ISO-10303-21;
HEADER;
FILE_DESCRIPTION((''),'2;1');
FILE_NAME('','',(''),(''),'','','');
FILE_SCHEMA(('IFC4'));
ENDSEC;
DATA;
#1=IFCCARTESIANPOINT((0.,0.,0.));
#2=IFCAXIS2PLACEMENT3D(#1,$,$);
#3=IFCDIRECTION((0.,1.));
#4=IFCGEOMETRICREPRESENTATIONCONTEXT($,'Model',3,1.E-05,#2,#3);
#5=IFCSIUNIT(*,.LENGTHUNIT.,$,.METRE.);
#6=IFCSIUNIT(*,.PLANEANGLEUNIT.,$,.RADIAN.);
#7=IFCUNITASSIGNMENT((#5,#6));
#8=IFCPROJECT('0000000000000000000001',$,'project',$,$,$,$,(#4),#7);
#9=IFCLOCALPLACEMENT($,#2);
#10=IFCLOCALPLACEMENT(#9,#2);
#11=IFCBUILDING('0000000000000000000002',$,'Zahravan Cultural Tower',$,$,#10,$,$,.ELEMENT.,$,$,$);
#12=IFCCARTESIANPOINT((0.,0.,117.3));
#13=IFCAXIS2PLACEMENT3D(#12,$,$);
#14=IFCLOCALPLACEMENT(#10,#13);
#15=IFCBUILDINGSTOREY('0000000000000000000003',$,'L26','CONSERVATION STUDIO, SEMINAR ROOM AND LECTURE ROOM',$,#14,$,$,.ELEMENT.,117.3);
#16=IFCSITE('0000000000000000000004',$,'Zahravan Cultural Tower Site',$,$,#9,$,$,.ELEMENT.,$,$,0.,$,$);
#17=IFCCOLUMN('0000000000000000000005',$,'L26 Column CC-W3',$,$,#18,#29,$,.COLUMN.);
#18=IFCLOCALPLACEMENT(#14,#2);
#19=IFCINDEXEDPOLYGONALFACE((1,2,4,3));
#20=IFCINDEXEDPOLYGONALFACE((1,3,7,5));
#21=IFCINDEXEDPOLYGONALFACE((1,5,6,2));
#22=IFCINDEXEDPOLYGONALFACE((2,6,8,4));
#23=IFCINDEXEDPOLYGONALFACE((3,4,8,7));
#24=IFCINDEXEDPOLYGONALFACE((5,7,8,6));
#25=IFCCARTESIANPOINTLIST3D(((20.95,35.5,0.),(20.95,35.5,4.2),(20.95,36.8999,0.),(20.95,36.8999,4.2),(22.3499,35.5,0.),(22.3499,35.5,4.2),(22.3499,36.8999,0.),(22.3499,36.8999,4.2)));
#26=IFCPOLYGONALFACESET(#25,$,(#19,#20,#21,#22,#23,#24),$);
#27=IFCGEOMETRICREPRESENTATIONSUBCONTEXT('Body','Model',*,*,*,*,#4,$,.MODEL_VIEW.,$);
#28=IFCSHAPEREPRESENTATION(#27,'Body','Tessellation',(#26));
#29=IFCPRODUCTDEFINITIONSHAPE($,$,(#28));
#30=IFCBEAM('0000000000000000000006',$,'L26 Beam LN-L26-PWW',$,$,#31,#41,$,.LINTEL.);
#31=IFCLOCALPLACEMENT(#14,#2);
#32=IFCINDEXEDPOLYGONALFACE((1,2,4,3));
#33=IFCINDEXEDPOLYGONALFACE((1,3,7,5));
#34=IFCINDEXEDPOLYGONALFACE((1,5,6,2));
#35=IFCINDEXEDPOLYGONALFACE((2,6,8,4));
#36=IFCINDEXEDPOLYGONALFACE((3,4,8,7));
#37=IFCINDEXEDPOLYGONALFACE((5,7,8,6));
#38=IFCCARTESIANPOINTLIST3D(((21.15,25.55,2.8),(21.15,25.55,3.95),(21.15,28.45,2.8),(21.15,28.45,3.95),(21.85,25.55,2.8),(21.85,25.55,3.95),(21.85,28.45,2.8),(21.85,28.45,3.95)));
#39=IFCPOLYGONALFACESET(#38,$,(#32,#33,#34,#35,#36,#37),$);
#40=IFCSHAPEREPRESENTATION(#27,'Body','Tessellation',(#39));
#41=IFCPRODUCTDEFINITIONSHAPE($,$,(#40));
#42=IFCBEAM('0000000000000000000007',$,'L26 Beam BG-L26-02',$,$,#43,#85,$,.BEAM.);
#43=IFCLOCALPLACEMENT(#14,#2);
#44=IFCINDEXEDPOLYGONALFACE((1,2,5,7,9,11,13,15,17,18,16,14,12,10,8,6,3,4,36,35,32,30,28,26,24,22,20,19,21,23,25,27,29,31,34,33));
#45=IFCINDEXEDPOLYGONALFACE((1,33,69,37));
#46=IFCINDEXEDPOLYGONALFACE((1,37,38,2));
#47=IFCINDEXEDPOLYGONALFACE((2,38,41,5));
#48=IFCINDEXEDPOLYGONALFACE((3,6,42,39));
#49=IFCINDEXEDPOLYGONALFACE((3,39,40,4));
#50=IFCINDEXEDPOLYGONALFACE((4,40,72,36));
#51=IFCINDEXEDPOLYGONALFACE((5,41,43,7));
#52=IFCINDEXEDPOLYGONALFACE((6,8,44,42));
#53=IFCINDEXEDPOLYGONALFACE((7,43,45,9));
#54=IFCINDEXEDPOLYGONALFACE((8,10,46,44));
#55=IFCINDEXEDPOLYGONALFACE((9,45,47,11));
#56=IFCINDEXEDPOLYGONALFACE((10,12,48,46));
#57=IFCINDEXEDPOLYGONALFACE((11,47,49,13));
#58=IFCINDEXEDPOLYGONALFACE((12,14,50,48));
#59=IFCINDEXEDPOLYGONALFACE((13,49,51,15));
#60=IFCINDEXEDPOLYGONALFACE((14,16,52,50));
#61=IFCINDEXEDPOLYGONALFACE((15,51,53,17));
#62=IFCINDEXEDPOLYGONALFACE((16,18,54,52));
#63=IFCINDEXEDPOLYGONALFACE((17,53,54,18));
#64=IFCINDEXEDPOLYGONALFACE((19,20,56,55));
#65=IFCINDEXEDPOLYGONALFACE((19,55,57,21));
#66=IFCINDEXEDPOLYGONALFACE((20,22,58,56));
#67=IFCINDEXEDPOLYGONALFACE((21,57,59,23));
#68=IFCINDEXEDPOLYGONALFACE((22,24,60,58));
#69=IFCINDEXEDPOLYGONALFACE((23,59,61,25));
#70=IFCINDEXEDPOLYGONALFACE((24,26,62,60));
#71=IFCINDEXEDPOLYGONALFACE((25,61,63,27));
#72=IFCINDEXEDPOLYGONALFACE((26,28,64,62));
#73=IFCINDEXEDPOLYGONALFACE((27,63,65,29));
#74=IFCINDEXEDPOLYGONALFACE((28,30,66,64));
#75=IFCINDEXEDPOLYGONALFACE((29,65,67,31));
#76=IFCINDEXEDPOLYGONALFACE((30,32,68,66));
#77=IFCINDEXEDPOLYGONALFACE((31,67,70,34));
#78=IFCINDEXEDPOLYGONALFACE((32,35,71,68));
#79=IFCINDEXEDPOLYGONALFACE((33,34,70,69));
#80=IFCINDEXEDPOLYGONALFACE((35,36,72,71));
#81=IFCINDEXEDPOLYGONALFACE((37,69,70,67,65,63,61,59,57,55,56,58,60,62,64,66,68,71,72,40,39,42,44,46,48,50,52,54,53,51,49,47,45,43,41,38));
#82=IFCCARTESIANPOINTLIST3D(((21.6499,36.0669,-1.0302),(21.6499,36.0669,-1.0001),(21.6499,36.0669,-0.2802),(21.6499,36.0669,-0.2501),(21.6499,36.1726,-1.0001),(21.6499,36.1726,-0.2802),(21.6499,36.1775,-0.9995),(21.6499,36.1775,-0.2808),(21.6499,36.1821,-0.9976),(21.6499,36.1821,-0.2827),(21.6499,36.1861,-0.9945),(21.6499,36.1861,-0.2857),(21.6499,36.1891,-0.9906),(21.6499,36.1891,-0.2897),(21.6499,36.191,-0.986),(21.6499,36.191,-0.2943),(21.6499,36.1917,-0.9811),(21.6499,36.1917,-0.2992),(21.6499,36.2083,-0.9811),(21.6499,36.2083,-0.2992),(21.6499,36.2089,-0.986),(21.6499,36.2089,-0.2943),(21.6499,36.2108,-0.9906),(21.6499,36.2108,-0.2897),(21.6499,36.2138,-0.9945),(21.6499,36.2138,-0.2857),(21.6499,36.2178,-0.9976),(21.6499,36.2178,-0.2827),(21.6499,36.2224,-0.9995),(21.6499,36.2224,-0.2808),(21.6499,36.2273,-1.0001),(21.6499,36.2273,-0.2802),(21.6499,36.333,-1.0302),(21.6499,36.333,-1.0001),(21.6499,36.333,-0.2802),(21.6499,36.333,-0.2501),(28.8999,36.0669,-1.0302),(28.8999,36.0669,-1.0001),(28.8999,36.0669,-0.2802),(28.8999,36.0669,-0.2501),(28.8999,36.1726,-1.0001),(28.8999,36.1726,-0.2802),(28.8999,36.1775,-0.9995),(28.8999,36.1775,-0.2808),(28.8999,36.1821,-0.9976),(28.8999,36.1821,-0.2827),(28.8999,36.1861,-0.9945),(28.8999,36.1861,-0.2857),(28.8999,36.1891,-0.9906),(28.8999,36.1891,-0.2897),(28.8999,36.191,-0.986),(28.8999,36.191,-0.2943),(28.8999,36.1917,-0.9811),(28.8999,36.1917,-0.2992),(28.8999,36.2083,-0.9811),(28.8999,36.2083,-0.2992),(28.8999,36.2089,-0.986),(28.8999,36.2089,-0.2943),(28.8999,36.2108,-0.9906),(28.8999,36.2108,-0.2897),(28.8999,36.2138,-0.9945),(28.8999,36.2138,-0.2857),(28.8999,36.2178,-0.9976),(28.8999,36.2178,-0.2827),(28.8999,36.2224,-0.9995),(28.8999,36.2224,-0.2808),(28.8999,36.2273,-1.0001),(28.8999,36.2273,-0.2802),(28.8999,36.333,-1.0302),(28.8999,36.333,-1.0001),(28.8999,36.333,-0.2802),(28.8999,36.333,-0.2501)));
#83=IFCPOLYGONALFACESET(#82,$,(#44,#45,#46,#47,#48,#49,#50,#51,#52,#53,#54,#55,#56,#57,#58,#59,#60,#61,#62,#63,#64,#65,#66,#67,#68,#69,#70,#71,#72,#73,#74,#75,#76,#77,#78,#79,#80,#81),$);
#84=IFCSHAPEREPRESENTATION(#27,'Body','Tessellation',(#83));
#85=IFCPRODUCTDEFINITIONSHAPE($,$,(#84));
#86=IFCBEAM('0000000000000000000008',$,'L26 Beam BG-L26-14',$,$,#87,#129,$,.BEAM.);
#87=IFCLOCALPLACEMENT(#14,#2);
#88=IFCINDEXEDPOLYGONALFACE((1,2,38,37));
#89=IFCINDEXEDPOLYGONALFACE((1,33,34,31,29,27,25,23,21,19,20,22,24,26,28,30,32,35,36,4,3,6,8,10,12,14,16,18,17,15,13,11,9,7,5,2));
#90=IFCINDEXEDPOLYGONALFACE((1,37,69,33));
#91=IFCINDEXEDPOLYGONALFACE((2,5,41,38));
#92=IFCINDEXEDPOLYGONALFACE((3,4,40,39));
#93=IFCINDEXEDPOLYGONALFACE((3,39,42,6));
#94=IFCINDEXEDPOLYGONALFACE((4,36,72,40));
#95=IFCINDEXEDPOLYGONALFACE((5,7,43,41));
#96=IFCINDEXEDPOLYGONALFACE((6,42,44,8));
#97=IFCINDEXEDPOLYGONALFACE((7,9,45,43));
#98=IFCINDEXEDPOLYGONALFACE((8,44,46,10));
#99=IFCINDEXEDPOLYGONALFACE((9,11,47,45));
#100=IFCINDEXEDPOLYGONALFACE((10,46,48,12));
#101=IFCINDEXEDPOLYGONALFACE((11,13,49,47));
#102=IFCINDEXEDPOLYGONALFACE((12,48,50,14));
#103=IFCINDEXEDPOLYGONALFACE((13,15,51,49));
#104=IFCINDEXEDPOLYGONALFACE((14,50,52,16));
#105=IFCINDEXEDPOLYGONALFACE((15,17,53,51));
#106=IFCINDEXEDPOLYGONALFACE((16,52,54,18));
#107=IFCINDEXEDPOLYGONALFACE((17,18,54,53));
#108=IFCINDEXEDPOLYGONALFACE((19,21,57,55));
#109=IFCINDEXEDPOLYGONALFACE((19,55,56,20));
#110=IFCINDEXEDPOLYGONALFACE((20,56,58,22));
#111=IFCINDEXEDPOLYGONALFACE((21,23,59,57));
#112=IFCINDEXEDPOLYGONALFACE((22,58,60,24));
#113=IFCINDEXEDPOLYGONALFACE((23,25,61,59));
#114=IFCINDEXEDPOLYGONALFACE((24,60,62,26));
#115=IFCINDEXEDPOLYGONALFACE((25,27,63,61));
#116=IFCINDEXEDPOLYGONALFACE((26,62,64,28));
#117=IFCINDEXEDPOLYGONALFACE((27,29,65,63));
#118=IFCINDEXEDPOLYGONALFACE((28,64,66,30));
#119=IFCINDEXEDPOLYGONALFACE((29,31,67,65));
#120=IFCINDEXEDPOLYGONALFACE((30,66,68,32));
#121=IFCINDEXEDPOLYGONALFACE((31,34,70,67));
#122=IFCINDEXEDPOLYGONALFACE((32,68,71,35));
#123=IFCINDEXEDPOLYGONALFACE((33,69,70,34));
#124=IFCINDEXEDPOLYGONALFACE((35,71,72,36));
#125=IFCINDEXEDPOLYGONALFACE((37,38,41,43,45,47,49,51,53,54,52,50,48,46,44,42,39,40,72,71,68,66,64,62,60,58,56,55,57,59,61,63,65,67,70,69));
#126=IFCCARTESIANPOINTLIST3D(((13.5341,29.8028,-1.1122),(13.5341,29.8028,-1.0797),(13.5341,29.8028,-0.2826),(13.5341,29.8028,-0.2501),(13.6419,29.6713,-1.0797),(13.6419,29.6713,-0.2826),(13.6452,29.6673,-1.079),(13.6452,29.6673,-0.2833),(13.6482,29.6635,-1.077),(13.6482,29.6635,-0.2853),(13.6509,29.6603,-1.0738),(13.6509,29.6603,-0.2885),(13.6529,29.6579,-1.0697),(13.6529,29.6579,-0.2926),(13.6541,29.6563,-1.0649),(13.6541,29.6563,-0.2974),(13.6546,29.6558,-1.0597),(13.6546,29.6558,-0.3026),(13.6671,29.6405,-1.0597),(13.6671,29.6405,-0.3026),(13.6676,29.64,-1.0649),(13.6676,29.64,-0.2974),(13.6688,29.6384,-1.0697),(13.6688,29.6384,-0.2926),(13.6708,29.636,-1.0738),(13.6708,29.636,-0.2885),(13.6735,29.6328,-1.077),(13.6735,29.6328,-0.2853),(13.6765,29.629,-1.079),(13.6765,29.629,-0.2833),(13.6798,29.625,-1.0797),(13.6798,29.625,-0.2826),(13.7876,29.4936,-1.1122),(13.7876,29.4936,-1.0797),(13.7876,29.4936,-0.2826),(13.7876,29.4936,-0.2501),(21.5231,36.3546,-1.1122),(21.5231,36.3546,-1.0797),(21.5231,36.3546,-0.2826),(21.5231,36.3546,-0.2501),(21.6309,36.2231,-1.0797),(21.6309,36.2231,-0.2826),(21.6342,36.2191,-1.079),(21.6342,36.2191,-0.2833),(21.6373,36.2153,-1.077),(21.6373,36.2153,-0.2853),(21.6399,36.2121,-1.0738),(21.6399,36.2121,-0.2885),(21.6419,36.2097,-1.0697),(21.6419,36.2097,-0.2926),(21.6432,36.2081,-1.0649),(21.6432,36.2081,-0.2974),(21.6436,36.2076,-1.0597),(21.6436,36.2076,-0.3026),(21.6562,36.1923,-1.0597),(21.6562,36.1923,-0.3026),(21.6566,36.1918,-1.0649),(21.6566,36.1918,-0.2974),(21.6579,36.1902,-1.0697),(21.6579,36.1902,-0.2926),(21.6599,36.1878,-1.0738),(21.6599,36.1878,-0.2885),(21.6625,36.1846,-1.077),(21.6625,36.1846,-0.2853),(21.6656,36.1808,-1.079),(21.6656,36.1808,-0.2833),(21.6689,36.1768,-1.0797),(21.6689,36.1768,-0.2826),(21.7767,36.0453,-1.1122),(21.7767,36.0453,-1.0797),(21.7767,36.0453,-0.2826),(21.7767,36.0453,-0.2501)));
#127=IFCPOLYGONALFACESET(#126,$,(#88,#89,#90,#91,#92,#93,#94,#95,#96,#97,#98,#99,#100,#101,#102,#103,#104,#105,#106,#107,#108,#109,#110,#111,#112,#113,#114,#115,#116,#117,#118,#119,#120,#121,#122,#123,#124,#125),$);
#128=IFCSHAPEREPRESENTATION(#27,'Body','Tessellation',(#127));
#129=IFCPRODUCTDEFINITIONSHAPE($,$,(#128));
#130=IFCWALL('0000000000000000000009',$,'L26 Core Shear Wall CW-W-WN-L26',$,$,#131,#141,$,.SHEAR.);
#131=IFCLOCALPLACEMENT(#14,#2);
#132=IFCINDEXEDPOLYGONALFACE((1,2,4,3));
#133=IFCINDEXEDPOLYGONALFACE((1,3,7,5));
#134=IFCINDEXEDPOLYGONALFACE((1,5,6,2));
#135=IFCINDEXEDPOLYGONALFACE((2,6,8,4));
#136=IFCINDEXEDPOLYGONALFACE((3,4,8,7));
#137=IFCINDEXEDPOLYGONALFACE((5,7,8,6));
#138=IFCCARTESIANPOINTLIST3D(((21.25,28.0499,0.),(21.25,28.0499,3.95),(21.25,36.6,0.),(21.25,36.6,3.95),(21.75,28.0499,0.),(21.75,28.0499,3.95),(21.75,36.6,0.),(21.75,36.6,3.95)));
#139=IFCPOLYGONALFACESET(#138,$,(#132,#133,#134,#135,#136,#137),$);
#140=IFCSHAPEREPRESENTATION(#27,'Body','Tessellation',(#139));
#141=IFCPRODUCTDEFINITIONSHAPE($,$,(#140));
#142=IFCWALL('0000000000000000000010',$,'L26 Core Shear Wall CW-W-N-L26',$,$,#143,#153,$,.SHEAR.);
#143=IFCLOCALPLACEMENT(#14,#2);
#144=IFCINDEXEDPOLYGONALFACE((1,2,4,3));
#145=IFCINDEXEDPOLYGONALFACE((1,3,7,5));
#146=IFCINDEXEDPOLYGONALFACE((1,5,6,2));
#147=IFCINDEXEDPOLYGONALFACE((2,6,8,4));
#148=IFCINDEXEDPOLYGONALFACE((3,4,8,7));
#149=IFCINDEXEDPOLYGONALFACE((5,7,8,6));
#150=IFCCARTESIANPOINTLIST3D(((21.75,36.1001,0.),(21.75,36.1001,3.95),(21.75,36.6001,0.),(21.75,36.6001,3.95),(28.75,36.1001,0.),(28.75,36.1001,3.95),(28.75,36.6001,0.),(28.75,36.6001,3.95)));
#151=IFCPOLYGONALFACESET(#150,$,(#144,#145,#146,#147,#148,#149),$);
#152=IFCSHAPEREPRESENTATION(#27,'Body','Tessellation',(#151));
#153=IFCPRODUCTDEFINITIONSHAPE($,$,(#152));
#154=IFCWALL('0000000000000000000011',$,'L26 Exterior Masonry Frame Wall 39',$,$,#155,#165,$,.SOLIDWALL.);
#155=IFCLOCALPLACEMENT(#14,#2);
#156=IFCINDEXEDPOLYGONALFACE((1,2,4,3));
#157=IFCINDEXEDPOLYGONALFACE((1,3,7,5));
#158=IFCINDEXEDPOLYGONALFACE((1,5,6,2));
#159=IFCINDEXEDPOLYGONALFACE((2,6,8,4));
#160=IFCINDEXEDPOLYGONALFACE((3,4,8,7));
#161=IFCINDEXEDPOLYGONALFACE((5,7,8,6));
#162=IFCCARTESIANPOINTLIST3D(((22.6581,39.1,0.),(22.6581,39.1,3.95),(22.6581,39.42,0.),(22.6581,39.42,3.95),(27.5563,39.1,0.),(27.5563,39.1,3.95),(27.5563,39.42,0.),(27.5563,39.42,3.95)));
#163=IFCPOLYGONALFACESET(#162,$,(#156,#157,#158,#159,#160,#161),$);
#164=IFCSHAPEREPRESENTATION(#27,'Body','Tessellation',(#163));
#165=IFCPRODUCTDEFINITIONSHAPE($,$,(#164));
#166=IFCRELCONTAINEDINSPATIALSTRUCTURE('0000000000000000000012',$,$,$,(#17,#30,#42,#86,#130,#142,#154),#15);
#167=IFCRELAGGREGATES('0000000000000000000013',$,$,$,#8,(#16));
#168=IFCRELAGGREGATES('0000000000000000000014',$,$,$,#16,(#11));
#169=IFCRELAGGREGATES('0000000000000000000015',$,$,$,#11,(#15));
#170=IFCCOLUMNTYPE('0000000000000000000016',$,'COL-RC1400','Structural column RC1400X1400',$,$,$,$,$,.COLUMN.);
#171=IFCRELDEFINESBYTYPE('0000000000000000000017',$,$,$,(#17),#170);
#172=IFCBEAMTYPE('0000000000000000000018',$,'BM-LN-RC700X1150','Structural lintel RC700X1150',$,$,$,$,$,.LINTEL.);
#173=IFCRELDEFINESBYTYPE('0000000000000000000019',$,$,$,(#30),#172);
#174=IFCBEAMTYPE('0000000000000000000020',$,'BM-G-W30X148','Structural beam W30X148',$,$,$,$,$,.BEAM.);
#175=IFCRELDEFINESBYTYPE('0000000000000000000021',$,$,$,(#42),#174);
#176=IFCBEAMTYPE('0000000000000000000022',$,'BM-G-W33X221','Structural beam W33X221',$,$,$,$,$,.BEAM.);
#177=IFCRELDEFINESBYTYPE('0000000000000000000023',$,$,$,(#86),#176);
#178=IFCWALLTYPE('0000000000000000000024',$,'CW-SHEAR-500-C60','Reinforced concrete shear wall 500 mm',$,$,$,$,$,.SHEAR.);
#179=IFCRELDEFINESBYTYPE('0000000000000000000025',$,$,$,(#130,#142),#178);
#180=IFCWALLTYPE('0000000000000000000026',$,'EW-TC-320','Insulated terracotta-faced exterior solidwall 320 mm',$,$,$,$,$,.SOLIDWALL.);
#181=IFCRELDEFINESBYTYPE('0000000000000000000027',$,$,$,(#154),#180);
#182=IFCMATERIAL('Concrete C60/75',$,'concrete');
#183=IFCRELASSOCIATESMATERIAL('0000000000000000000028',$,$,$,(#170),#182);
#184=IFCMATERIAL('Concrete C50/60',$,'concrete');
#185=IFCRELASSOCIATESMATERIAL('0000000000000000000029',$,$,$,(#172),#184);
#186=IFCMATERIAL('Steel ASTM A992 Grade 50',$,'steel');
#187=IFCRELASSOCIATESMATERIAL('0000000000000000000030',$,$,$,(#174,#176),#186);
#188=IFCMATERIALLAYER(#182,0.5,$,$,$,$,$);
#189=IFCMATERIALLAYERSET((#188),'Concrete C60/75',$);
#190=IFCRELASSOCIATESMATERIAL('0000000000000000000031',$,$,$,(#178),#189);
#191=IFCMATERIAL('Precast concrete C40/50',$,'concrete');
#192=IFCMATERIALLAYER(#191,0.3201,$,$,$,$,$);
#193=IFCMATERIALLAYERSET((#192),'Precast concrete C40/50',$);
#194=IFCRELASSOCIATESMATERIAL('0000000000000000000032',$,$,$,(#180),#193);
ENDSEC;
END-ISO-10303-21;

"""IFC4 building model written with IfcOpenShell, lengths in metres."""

from ifc_helpers import new_model, si_unit, direction, frame, frame_2d, origin, origin_2d, place, context, subcontext, project, spatial, rectangle, i_section, extrude, source, transform, mapped, material, layer, layer_set, material_profile, profile_set, type_object, element, save


model = new_model("IFC4")

# Units and contexts
model_context = context("Model", 3, precision=1e-05, world=origin(), true_north=direction((0.0, 1.0)))
body_context = subcontext(model_context, "Body", "Model", "MODEL_VIEW")
ifc_project = project(units=[si_unit("LENGTHUNIT", "METRE"), si_unit("PLANEANGLEUNIT", "RADIAN")], contexts=[model_context])

# Site, building, storey
site_placement = place(None, origin())
site = spatial("IfcSite", under=ifc_project, at=site_placement, Name="Zahravan Cultural Tower Site", CompositionType="ELEMENT", RefElevation=0.0)
building_placement = place(site_placement, origin())
building = spatial("IfcBuilding", under=site, at=building_placement, Name="Zahravan Cultural Tower", CompositionType="ELEMENT")
storey_placement = place(building_placement, frame((0.0, 0.0, 117.3)))
storey = spatial("IfcBuildingStorey", under=building, at=storey_placement, Name="L26", Description="CONSERVATION STUDIO, SEMINAR ROOM AND LECTURE ROOM", CompositionType="ELEMENT", Elevation=117.3)

# Column
ifc_material_1 = material(Name="Concrete C60/75", Category="concrete")
ifc_material_profile_1 = material_profile(ifc_material_1, rectangle(XDim=1.3999, YDim=1.3999, at=origin_2d()), Name="RC1400X1400")
ifc_profile_set_1 = profile_set([ifc_material_profile_1], Name="Concrete C60/75")
column_type = type_object("IfcColumnType", Name="COL-RC1400", Description="Structural column RC1400X1400", PredefinedType="COLUMN", material=ifc_profile_set_1)
shared_shape_1 = source(origin(), body_context, "Body", "SweptSolid", [
    extrude(rectangle(XDim=1.3999, YDim=1.3999, at=origin_2d()), origin(), (0.0, 0.0, 1.0), 4.2),
])
column_placement = place(storey_placement, frame((21.6499, 36.2, 0.0), z_axis=(0.0, 0.0, 1.0), x_axis=(1.0, 0.0, 0.0)))
element("IfcColumn", 1, at=column_placement, inside=storey, type_object=column_type, Name="L26 Column CC-W3", PredefinedType="COLUMN", context=body_context, shape_type="MappedRepresentation", body=[
    mapped(shared_shape_1, transform((0.0, 0.0, 0.0), x_axis=(1.0, 0.0, 0.0), y_axis=(0.0, 1.0, 0.0), z_axis=(0.0, 0.0, 1.0), scale=1.0)),
])

# Beams
ifc_material_2 = material(Name="Concrete C50/60", Category="concrete")
ifc_material_profile_2 = material_profile(ifc_material_2, rectangle(XDim=0.7, YDim=1.1499, at=origin_2d()), Name="RC700X1150")
ifc_profile_set_2 = profile_set([ifc_material_profile_2], Name="Concrete C50/60")
beam_type_1 = type_object("IfcBeamType", Name="BM-LN-RC700X1150", Description="Structural lintel RC700X1150", PredefinedType="LINTEL", material=ifc_profile_set_2)
shared_shape_2 = source(origin(), body_context, "Body", "SweptSolid", [
    extrude(rectangle(XDim=0.7, YDim=1.1499, at=origin_2d()), origin(), (0.0, 0.0, 1.0), 2.8999),
])
beam_1_placement = place(storey_placement, frame((21.5, 25.55, 3.375), z_axis=(0.0, 1.0, 0.0), x_axis=(-1.0, 0.0, 0.0)))
element("IfcBeam", 2, at=beam_1_placement, inside=storey, type_object=beam_type_1, Name="L26 Beam LN-L26-PWW", PredefinedType="LINTEL", context=body_context, shape_type="MappedRepresentation", body=[
    mapped(shared_shape_2, transform((0.0, 0.0, 0.0), x_axis=(1.0, 0.0, 0.0), y_axis=(0.0, 1.0, 0.0), z_axis=(0.0, 0.0, 1.0), scale=1.0)),
])
ifc_material_3 = material(Name="Steel ASTM A992 Grade 50", Category="steel")
ifc_material_profile_3 = material_profile(ifc_material_3, i_section(OverallWidth=0.2661, OverallDepth=0.78, WebThickness=0.0166, FlangeThickness=0.03, FilletRadius=0.019, at=origin_2d()), Name="W30X148")
ifc_profile_set_3 = profile_set([ifc_material_profile_3], Name="Steel ASTM A992 Grade 50")
beam_type_2 = type_object("IfcBeamType", Name="BM-G-W30X148", Description="Structural beam W30X148", PredefinedType="BEAM", material=ifc_profile_set_3)
shared_shape_3 = source(origin(), body_context, "Body", "SweptSolid", [
    extrude(i_section(OverallWidth=0.2661, OverallDepth=0.78, WebThickness=0.0166, FlangeThickness=0.03, FilletRadius=0.019, at=origin_2d()), origin(), (0.0, 0.0, 1.0), 7.25),
])
beam_2_placement = place(storey_placement, frame((21.6499, 36.2, -0.6401), z_axis=(1.0, 0.0, 0.0), x_axis=(0.0, 1.0, 0.0)))
element("IfcBeam", 3, at=beam_2_placement, inside=storey, type_object=beam_type_2, Name="L26 Beam BG-L26-02", PredefinedType="BEAM", context=body_context, shape_type="MappedRepresentation", body=[
    mapped(shared_shape_3, transform((0.0, 0.0, 0.0), x_axis=(1.0, 0.0, 0.0), y_axis=(0.0, 1.0, 0.0), z_axis=(0.0, 0.0, 1.0), scale=1.0)),
])
ifc_material_profile_4 = material_profile(ifc_material_3, i_section(OverallWidth=0.3999, OverallDepth=0.8621, WebThickness=0.0198, FlangeThickness=0.0325, FilletRadius=0.02, at=origin_2d()), Name="W33X221")
ifc_profile_set_4 = profile_set([ifc_material_profile_4], Name="Steel ASTM A992 Grade 50")
beam_type_3 = type_object("IfcBeamType", Name="BM-G-W33X221", Description="Structural beam W33X221", PredefinedType="BEAM", material=ifc_profile_set_4)
shared_shape_4 = source(origin(), body_context, "Body", "SweptSolid", [
    extrude(i_section(OverallWidth=0.3999, OverallDepth=0.8621, WebThickness=0.0198, FlangeThickness=0.0325, FilletRadius=0.02, at=origin_2d()), origin(), (0.0, 0.0, 1.0), 10.332),
])
beam_3_placement = place(storey_placement, frame((21.6499, 36.2, -0.6812), z_axis=(-0.773231, -0.634124, 0.0), x_axis=(0.634124, -0.773231, 0.0)))
element("IfcBeam", 4, at=beam_3_placement, inside=storey, type_object=beam_type_3, Name="L26 Beam BG-L26-14", PredefinedType="BEAM", context=body_context, shape_type="MappedRepresentation", body=[
    mapped(shared_shape_4, transform((0.0, 0.0, 0.0), x_axis=(1.0, 0.0, 0.0), y_axis=(0.0, 1.0, 0.0), z_axis=(0.0, 0.0, 1.0), scale=1.0)),
])

# Walls
ifc_layer_1 = layer(ifc_material_1, 0.5)
ifc_layer_set_1 = layer_set([ifc_layer_1], Name="Concrete C60/75")
wall_type_1 = type_object("IfcWallType", Name="CW-SHEAR-500-C60", Description="Reinforced concrete shear wall 500 mm", PredefinedType="SHEAR", material=ifc_layer_set_1)
shared_shape_5 = source(origin(), body_context, "Body", "SweptSolid", [
    extrude(rectangle(XDim=8.55, YDim=0.5, at=frame_2d((4.2749, 0.0))), origin(), (0.0, 0.0, 1.0), 3.95),
])
wall_1_placement = place(storey_placement, frame((21.5, 28.05, 0.0), z_axis=(0.0, 0.0, 1.0), x_axis=(0.0, 1.0, 0.0)))
element("IfcWall", 5, at=wall_1_placement, inside=storey, type_object=wall_type_1, Name="L26 Core Shear Wall CW-W-WN-L26", PredefinedType="SHEAR", context=body_context, shape_type="MappedRepresentation", body=[
    mapped(shared_shape_5, transform((0.0, 0.0, 0.0), x_axis=(1.0, 0.0, 0.0), y_axis=(0.0, 1.0, 0.0), z_axis=(0.0, 0.0, 1.0), scale=1.0)),
])
shared_shape_6 = source(origin(), body_context, "Body", "SweptSolid", [
    extrude(rectangle(XDim=7.0, YDim=0.5, at=frame_2d((3.5, 0.0))), origin(), (0.0, 0.0, 1.0), 3.95),
])
wall_2_placement = place(storey_placement, frame((21.75, 36.3501, 0.0), z_axis=(0.0, 0.0, 1.0), x_axis=(1.0, 0.0, 0.0)))
element("IfcWall", 6, at=wall_2_placement, inside=storey, type_object=wall_type_1, Name="L26 Core Shear Wall CW-W-N-L26", PredefinedType="SHEAR", context=body_context, shape_type="MappedRepresentation", body=[
    mapped(shared_shape_6, transform((0.0, 0.0, 0.0), x_axis=(1.0, 0.0, 0.0), y_axis=(0.0, 1.0, 0.0), z_axis=(0.0, 0.0, 1.0), scale=1.0)),
])
ifc_material_4 = material(Name="Precast concrete C40/50", Category="concrete")
ifc_layer_2 = layer(ifc_material_4, 0.3201)
ifc_layer_set_2 = layer_set([ifc_layer_2], Name="Precast concrete C40/50")
wall_type_2 = type_object("IfcWallType", Name="EW-TC-320", Description="Insulated terracotta-faced exterior solidwall 320 mm", PredefinedType="SOLIDWALL", material=ifc_layer_set_2)
shared_shape_7 = source(origin(), body_context, "Body", "SweptSolid", [
    extrude(rectangle(XDim=4.8982, YDim=0.3201, at=frame_2d((2.4492, 0.0))), origin(), (0.0, 0.0, 1.0), 3.95),
])
wall_3_placement = place(storey_placement, frame((22.658, 39.26, 0.0), z_axis=(0.0, 0.0, 1.0), x_axis=(1.0, 0.0, 0.0)))
element("IfcWall", 7, at=wall_3_placement, inside=storey, type_object=wall_type_2, Name="L26 Exterior Masonry Frame Wall 39", PredefinedType="SOLIDWALL", context=body_context, shape_type="MappedRepresentation", body=[
    mapped(shared_shape_7, transform((0.0, 0.0, 0.0), x_axis=(1.0, 0.0, 0.0), y_axis=(0.0, 1.0, 0.0), z_axis=(0.0, 0.0, 1.0), scale=1.0)),
])

save(model, "model.ifc")
